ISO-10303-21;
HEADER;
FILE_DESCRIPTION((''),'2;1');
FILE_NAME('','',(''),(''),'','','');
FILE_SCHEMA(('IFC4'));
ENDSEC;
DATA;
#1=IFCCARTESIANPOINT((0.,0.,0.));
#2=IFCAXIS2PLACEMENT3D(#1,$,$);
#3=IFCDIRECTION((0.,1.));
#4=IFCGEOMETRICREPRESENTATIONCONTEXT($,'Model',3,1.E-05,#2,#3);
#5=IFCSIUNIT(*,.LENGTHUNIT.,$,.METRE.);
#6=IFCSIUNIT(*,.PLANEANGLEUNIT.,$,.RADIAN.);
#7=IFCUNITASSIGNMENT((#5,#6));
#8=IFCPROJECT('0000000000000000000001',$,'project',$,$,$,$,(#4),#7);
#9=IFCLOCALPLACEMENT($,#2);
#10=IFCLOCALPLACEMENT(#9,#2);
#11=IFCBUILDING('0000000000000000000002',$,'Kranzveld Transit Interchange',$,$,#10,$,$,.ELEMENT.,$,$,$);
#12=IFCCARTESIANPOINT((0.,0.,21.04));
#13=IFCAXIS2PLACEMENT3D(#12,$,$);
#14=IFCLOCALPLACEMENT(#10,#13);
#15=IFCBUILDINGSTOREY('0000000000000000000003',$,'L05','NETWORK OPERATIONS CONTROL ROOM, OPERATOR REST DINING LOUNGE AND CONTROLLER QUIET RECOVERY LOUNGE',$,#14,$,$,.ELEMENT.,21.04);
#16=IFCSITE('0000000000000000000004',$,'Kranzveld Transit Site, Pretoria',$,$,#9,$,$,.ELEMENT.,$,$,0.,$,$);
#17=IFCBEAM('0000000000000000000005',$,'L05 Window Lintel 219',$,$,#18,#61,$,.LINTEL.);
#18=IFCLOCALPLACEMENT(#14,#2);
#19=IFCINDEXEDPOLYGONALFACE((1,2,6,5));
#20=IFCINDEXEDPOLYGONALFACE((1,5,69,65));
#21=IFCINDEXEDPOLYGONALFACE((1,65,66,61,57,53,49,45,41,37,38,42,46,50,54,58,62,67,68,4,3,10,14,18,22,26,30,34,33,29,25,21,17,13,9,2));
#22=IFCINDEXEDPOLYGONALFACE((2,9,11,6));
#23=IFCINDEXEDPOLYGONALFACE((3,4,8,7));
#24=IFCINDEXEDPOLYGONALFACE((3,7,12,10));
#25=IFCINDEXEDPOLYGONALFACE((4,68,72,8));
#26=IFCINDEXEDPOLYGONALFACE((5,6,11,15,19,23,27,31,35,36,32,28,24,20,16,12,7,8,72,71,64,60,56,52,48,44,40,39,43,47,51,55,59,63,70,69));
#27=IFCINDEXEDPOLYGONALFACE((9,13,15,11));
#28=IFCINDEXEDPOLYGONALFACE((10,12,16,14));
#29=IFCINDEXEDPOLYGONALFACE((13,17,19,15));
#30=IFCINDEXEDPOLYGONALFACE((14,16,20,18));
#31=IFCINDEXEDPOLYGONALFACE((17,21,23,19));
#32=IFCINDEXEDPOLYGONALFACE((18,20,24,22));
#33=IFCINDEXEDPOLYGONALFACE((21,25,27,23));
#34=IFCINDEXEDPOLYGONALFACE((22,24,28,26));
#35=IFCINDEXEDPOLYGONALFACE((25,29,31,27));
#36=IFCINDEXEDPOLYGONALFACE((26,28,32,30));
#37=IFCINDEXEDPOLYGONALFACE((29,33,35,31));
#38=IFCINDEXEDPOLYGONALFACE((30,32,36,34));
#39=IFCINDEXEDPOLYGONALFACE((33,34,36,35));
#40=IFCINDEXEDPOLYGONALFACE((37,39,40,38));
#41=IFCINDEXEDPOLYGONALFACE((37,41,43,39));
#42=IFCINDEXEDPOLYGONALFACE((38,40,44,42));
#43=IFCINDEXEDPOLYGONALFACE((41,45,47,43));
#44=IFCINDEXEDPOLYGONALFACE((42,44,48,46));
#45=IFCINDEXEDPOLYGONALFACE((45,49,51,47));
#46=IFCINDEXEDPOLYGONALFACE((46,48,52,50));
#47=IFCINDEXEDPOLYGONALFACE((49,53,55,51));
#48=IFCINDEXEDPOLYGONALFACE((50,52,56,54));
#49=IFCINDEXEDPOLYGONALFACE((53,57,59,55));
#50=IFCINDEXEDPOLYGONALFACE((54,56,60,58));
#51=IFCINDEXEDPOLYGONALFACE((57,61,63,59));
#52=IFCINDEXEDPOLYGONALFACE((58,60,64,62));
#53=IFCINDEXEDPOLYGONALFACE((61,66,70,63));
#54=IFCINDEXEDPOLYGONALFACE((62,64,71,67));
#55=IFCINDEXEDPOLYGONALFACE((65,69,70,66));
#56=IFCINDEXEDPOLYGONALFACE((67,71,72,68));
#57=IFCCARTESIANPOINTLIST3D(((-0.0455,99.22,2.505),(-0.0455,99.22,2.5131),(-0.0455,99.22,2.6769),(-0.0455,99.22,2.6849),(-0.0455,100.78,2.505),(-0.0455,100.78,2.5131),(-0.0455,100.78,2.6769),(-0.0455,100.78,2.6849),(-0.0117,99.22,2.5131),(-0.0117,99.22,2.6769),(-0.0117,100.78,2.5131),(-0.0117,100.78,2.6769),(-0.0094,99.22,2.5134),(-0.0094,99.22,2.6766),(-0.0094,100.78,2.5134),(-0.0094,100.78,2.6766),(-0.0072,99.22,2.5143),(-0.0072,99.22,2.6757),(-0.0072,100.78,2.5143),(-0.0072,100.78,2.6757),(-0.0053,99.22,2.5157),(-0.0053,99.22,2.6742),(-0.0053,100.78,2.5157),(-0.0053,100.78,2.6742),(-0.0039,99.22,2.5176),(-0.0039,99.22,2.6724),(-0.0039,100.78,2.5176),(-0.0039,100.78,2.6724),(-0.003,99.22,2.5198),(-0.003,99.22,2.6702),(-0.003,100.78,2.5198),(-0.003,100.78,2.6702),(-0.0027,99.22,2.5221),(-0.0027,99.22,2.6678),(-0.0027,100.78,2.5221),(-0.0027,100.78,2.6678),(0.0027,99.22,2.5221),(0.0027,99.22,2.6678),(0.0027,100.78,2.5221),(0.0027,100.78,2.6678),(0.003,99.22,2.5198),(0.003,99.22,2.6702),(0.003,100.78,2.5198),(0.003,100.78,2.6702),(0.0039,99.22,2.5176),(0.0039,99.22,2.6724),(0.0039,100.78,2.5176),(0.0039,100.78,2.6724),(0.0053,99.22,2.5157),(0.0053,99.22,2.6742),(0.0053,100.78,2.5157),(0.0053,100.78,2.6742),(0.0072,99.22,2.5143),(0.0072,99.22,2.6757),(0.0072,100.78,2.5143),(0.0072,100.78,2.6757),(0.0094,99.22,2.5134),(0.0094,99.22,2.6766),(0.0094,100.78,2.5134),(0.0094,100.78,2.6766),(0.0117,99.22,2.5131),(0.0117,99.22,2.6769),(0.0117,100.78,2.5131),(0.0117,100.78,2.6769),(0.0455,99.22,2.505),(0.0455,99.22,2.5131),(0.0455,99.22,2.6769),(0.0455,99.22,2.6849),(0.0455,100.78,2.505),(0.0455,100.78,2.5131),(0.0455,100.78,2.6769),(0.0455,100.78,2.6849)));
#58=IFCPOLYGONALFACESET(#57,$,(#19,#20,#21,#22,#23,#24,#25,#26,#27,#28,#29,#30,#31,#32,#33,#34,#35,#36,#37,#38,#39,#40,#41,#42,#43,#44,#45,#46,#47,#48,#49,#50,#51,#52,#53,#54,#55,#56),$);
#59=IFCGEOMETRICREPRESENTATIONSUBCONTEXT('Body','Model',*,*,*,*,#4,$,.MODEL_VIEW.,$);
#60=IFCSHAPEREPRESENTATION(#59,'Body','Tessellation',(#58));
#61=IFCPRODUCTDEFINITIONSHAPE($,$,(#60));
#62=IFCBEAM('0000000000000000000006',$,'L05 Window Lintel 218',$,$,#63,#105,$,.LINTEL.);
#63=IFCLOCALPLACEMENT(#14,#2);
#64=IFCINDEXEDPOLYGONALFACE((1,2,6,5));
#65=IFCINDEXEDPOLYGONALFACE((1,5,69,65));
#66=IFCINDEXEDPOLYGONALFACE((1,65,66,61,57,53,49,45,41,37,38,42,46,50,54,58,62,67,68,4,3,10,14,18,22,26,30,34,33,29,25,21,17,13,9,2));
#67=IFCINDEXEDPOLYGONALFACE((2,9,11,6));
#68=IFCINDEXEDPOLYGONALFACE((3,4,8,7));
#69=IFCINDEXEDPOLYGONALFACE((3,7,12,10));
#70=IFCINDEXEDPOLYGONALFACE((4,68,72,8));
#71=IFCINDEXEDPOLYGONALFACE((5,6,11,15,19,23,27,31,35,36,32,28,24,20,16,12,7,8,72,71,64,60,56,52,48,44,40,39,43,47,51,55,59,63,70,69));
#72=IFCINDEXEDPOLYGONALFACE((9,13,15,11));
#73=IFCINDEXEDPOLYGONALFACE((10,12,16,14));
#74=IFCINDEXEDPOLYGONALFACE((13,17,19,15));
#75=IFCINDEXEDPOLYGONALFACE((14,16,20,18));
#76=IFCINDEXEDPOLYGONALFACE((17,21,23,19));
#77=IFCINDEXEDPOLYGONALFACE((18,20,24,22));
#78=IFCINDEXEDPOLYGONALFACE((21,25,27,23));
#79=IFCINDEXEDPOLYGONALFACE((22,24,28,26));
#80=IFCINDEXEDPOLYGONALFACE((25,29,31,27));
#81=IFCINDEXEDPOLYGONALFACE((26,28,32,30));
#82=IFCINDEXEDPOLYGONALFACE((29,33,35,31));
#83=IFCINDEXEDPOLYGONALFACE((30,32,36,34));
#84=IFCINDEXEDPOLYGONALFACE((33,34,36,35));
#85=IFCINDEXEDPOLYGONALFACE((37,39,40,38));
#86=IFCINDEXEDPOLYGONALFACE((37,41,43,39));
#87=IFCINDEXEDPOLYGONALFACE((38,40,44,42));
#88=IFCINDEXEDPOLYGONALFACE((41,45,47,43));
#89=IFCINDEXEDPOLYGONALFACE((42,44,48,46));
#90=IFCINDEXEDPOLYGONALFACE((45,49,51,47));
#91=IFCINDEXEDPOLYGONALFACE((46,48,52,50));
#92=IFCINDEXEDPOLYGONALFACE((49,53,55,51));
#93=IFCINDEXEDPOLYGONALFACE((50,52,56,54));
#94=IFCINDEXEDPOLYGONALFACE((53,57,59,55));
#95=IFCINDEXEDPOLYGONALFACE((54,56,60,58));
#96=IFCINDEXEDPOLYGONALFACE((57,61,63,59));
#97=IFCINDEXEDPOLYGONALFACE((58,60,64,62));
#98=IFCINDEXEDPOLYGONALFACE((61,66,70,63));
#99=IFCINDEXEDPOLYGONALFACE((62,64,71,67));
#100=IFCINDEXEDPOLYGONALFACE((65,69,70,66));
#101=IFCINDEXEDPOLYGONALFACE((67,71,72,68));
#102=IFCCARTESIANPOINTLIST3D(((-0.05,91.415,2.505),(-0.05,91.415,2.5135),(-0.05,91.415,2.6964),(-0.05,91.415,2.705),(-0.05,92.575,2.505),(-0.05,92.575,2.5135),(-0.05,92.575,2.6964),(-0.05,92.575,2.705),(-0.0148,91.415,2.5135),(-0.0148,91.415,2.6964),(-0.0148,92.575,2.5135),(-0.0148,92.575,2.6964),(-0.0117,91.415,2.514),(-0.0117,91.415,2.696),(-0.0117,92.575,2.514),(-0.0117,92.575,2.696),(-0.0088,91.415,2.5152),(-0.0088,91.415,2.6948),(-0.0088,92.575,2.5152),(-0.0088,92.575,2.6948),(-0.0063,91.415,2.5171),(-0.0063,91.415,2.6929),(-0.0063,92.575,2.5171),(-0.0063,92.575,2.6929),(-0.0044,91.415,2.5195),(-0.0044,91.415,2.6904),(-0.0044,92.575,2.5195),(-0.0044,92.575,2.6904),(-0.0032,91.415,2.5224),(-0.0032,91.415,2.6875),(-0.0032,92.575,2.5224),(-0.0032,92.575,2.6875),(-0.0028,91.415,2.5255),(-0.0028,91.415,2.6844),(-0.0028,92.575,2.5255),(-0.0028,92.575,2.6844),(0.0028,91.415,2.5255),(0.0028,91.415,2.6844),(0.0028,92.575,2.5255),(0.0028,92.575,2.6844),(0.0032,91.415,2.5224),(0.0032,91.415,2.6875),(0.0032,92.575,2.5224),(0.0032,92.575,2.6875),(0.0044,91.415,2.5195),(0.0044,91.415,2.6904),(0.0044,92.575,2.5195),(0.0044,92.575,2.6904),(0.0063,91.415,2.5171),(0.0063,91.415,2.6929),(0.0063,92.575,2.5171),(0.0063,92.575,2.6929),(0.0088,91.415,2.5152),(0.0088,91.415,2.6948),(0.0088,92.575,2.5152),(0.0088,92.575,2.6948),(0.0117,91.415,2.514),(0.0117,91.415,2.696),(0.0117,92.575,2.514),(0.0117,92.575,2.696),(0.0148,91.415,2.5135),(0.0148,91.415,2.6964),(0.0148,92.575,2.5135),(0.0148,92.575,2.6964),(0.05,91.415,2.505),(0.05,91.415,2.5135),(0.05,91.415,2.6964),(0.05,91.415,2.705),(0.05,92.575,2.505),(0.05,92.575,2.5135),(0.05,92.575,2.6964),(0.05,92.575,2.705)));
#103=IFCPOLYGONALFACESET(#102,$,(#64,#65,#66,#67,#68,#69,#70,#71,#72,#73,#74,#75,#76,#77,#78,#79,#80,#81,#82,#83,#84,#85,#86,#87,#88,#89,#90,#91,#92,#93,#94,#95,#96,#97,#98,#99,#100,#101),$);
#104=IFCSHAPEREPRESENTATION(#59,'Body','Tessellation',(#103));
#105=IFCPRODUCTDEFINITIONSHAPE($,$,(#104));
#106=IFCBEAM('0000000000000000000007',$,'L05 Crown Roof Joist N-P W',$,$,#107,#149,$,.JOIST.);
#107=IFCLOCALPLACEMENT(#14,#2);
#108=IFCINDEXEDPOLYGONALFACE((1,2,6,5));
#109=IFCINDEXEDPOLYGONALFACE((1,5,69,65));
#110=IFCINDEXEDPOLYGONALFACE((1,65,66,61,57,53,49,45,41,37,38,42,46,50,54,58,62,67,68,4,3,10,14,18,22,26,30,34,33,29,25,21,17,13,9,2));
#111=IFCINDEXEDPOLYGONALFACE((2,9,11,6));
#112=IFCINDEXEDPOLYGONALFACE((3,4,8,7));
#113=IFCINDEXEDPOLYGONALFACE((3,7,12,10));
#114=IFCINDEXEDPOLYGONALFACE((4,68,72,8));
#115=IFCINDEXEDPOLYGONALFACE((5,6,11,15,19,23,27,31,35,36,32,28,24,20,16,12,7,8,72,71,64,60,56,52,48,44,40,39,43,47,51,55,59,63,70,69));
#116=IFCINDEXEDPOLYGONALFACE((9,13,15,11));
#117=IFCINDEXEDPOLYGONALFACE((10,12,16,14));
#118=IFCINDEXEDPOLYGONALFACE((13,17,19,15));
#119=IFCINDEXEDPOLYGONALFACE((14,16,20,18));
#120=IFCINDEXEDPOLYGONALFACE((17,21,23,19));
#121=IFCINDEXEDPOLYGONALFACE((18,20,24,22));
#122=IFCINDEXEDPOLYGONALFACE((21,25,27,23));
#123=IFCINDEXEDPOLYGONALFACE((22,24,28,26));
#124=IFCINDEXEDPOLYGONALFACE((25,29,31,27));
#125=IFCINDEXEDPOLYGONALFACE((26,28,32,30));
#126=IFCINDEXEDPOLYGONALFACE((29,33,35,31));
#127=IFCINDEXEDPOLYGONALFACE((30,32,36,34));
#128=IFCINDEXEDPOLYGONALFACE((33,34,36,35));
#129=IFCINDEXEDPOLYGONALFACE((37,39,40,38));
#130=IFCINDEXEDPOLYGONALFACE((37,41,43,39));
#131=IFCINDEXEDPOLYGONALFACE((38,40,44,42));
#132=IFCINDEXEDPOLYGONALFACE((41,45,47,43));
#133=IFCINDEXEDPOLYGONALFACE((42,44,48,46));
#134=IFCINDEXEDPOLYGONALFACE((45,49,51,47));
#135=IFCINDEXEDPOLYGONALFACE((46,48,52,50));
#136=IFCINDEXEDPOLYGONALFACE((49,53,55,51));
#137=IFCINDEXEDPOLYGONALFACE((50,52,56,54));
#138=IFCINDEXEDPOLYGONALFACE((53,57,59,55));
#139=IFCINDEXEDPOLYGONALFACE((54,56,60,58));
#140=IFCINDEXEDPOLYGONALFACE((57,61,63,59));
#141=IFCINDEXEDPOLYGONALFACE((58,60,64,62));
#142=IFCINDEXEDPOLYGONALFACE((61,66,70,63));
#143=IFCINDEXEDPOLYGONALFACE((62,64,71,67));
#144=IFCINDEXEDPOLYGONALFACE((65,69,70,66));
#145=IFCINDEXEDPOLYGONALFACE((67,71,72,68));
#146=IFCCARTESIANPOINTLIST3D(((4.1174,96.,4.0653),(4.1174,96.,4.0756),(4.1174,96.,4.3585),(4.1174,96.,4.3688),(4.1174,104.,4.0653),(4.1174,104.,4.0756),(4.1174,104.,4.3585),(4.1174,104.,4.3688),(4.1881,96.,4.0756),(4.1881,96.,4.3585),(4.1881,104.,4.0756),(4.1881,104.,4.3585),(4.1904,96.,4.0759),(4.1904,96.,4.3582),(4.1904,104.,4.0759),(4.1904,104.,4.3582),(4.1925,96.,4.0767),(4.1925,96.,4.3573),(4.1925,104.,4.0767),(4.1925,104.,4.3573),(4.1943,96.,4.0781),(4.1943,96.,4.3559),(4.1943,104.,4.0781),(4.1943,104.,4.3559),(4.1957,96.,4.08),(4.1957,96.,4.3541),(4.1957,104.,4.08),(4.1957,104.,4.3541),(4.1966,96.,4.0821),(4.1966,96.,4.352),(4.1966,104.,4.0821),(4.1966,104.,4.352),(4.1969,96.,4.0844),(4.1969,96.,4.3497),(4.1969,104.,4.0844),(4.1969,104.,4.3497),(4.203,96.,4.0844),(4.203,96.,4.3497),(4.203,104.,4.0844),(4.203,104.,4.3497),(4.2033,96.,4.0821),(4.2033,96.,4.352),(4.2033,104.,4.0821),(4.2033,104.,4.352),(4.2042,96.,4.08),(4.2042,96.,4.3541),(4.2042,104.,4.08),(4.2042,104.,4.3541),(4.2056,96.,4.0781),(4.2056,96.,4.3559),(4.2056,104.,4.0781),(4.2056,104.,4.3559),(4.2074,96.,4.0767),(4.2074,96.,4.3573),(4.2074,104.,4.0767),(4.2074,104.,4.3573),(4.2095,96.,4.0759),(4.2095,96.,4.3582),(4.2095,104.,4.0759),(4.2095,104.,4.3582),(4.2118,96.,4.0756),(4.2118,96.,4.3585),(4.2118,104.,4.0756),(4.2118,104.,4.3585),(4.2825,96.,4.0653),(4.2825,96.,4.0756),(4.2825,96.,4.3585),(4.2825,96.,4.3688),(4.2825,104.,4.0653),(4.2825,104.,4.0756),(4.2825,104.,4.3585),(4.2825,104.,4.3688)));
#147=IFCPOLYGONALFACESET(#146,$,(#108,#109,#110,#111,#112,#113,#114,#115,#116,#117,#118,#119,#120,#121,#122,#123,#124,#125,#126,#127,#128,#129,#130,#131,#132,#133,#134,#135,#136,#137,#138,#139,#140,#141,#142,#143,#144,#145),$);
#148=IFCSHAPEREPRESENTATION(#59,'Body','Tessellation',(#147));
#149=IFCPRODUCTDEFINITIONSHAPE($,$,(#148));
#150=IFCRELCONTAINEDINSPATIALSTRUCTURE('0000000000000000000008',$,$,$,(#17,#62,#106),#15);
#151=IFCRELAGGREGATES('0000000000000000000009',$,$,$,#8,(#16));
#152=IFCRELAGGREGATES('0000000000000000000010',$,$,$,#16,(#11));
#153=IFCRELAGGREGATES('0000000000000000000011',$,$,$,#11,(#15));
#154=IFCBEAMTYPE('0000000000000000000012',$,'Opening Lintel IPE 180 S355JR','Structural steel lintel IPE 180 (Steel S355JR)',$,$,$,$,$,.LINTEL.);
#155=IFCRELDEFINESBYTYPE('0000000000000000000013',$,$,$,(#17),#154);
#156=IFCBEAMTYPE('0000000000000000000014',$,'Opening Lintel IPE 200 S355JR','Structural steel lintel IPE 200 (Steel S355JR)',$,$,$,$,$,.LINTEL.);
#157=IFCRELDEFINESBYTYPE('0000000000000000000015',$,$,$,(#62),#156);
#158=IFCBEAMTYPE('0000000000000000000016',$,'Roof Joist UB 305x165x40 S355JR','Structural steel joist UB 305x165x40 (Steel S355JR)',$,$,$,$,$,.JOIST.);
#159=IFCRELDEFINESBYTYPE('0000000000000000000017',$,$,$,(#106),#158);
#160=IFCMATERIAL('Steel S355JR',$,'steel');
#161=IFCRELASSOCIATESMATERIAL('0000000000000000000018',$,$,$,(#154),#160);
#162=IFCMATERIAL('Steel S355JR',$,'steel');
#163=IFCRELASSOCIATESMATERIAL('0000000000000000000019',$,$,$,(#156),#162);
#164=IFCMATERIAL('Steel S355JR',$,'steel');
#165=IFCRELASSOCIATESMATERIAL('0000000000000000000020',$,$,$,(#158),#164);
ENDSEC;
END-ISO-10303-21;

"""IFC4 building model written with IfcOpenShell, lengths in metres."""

from ifc_helpers import new_model, si_unit, direction, frame, origin, origin_2d, place, context, subcontext, project, spatial, i_section, extrude, material, material_profile, profile_set, type_object, element, save


model = new_model("IFC4")

# Units and contexts
model_context = context("Model", 3, precision=1e-05, world=origin(), true_north=direction((0.0, 1.0)))
body_context = subcontext(model_context, "Body", "Model", "MODEL_VIEW")
ifc_project = project(units=[si_unit("LENGTHUNIT", "METRE"), si_unit("PLANEANGLEUNIT", "RADIAN")], contexts=[model_context])

# Site, building, storey
site_placement = place(None, origin())
site = spatial("IfcSite", under=ifc_project, at=site_placement, Name="Kranzveld Transit Site, Pretoria", CompositionType="ELEMENT", RefElevation=0.0)
building_placement = place(site_placement, origin())
building = spatial("IfcBuilding", under=site, at=building_placement, Name="Kranzveld Transit Interchange", CompositionType="ELEMENT")
storey_placement = place(building_placement, frame((0.0, 0.0, 21.04)))
storey = spatial("IfcBuildingStorey", under=building, at=storey_placement, Name="L05", Description="NETWORK OPERATIONS CONTROL ROOM, OPERATOR REST DINING LOUNGE AND CONTROLLER QUIET RECOVERY LOUNGE", CompositionType="ELEMENT", Elevation=21.04)

# Beams
ifc_material_1 = material(Name="Steel S355JR", Category="steel")
ifc_material_profile_1 = material_profile(ifc_material_1, i_section(OverallWidth=0.0911, OverallDepth=0.1799, WebThickness=0.0054, FlangeThickness=0.0081, FilletRadius=0.009, at=origin_2d()), Name="IPE 180")
ifc_profile_set_1 = profile_set([ifc_material_profile_1], Name="Steel S355JR")
beam_type_1 = type_object("IfcBeamType", Name="Opening Lintel IPE 180 S355JR", Description="Structural steel lintel IPE 180 (Steel S355JR)", PredefinedType="LINTEL", material=ifc_profile_set_1)
beam_1_placement = place(storey_placement, frame((0.0, 99.22, 2.595), z_axis=(0.0, 1.0, 0.0), x_axis=(-1.0, 0.0, 0.0)))
element("IfcBeam", 1, at=beam_1_placement, inside=storey, type_object=beam_type_1, Name="L05 Window Lintel 219", PredefinedType="LINTEL", context=body_context, shape_type="SweptSolid", body=[
    extrude(i_section(OverallWidth=0.0911, OverallDepth=0.1799, WebThickness=0.0054, FlangeThickness=0.0081, FilletRadius=0.009, at=origin_2d()), origin(), (0.0, 0.0, 1.0), 1.5601),
])
ifc_material_2 = material(Name="Steel S355JR", Category="steel")
ifc_material_profile_2 = material_profile(ifc_material_2, i_section(OverallWidth=0.1001, OverallDepth=0.2, WebThickness=0.0056, FlangeThickness=0.0085, FilletRadius=0.012, at=origin_2d()), Name="IPE 200")
ifc_profile_set_2 = profile_set([ifc_material_profile_2], Name="Steel S355JR")
beam_type_2 = type_object("IfcBeamType", Name="Opening Lintel IPE 200 S355JR", Description="Structural steel lintel IPE 200 (Steel S355JR)", PredefinedType="LINTEL", material=ifc_profile_set_2)
beam_2_placement = place(storey_placement, frame((0.0, 91.415, 2.605), z_axis=(0.0, 1.0, 0.0), x_axis=(-1.0, 0.0, 0.0)))
element("IfcBeam", 2, at=beam_2_placement, inside=storey, type_object=beam_type_2, Name="L05 Window Lintel 218", PredefinedType="LINTEL", context=body_context, shape_type="SweptSolid", body=[
    extrude(i_section(OverallWidth=0.1001, OverallDepth=0.2, WebThickness=0.0056, FlangeThickness=0.0085, FilletRadius=0.012, at=origin_2d()), origin(), (0.0, 0.0, 1.0), 1.1599),
])
ifc_material_3 = material(Name="Steel S355JR", Category="steel")
ifc_material_profile_3 = material_profile(ifc_material_3, i_section(OverallWidth=0.165, OverallDepth=0.3035, WebThickness=0.0061, FlangeThickness=0.0103, FilletRadius=0.0088, at=origin_2d()), Name="UB 305x165x40")
ifc_profile_set_3 = profile_set([ifc_material_profile_3], Name="Steel S355JR")
beam_type_3 = type_object("IfcBeamType", Name="Roof Joist UB 305x165x40 S355JR", Description="Structural steel joist UB 305x165x40 (Steel S355JR)", PredefinedType="JOIST", material=ifc_profile_set_3)
beam_3_placement = place(storey_placement, frame((4.2, 96.0, 4.217), z_axis=(0.0, 1.0, 0.0), x_axis=(-1.0, 0.0, 0.0)))
element("IfcBeam", 3, at=beam_3_placement, inside=storey, type_object=beam_type_3, Name="L05 Crown Roof Joist N-P W", PredefinedType="JOIST", context=body_context, shape_type="SweptSolid", body=[
    extrude(i_section(OverallWidth=0.165, OverallDepth=0.3035, WebThickness=0.0061, FlangeThickness=0.0103, FilletRadius=0.0088, at=origin_2d()), origin(), (0.0, 0.0, 1.0), 8.0),
])

save(model, "model.ifc")
